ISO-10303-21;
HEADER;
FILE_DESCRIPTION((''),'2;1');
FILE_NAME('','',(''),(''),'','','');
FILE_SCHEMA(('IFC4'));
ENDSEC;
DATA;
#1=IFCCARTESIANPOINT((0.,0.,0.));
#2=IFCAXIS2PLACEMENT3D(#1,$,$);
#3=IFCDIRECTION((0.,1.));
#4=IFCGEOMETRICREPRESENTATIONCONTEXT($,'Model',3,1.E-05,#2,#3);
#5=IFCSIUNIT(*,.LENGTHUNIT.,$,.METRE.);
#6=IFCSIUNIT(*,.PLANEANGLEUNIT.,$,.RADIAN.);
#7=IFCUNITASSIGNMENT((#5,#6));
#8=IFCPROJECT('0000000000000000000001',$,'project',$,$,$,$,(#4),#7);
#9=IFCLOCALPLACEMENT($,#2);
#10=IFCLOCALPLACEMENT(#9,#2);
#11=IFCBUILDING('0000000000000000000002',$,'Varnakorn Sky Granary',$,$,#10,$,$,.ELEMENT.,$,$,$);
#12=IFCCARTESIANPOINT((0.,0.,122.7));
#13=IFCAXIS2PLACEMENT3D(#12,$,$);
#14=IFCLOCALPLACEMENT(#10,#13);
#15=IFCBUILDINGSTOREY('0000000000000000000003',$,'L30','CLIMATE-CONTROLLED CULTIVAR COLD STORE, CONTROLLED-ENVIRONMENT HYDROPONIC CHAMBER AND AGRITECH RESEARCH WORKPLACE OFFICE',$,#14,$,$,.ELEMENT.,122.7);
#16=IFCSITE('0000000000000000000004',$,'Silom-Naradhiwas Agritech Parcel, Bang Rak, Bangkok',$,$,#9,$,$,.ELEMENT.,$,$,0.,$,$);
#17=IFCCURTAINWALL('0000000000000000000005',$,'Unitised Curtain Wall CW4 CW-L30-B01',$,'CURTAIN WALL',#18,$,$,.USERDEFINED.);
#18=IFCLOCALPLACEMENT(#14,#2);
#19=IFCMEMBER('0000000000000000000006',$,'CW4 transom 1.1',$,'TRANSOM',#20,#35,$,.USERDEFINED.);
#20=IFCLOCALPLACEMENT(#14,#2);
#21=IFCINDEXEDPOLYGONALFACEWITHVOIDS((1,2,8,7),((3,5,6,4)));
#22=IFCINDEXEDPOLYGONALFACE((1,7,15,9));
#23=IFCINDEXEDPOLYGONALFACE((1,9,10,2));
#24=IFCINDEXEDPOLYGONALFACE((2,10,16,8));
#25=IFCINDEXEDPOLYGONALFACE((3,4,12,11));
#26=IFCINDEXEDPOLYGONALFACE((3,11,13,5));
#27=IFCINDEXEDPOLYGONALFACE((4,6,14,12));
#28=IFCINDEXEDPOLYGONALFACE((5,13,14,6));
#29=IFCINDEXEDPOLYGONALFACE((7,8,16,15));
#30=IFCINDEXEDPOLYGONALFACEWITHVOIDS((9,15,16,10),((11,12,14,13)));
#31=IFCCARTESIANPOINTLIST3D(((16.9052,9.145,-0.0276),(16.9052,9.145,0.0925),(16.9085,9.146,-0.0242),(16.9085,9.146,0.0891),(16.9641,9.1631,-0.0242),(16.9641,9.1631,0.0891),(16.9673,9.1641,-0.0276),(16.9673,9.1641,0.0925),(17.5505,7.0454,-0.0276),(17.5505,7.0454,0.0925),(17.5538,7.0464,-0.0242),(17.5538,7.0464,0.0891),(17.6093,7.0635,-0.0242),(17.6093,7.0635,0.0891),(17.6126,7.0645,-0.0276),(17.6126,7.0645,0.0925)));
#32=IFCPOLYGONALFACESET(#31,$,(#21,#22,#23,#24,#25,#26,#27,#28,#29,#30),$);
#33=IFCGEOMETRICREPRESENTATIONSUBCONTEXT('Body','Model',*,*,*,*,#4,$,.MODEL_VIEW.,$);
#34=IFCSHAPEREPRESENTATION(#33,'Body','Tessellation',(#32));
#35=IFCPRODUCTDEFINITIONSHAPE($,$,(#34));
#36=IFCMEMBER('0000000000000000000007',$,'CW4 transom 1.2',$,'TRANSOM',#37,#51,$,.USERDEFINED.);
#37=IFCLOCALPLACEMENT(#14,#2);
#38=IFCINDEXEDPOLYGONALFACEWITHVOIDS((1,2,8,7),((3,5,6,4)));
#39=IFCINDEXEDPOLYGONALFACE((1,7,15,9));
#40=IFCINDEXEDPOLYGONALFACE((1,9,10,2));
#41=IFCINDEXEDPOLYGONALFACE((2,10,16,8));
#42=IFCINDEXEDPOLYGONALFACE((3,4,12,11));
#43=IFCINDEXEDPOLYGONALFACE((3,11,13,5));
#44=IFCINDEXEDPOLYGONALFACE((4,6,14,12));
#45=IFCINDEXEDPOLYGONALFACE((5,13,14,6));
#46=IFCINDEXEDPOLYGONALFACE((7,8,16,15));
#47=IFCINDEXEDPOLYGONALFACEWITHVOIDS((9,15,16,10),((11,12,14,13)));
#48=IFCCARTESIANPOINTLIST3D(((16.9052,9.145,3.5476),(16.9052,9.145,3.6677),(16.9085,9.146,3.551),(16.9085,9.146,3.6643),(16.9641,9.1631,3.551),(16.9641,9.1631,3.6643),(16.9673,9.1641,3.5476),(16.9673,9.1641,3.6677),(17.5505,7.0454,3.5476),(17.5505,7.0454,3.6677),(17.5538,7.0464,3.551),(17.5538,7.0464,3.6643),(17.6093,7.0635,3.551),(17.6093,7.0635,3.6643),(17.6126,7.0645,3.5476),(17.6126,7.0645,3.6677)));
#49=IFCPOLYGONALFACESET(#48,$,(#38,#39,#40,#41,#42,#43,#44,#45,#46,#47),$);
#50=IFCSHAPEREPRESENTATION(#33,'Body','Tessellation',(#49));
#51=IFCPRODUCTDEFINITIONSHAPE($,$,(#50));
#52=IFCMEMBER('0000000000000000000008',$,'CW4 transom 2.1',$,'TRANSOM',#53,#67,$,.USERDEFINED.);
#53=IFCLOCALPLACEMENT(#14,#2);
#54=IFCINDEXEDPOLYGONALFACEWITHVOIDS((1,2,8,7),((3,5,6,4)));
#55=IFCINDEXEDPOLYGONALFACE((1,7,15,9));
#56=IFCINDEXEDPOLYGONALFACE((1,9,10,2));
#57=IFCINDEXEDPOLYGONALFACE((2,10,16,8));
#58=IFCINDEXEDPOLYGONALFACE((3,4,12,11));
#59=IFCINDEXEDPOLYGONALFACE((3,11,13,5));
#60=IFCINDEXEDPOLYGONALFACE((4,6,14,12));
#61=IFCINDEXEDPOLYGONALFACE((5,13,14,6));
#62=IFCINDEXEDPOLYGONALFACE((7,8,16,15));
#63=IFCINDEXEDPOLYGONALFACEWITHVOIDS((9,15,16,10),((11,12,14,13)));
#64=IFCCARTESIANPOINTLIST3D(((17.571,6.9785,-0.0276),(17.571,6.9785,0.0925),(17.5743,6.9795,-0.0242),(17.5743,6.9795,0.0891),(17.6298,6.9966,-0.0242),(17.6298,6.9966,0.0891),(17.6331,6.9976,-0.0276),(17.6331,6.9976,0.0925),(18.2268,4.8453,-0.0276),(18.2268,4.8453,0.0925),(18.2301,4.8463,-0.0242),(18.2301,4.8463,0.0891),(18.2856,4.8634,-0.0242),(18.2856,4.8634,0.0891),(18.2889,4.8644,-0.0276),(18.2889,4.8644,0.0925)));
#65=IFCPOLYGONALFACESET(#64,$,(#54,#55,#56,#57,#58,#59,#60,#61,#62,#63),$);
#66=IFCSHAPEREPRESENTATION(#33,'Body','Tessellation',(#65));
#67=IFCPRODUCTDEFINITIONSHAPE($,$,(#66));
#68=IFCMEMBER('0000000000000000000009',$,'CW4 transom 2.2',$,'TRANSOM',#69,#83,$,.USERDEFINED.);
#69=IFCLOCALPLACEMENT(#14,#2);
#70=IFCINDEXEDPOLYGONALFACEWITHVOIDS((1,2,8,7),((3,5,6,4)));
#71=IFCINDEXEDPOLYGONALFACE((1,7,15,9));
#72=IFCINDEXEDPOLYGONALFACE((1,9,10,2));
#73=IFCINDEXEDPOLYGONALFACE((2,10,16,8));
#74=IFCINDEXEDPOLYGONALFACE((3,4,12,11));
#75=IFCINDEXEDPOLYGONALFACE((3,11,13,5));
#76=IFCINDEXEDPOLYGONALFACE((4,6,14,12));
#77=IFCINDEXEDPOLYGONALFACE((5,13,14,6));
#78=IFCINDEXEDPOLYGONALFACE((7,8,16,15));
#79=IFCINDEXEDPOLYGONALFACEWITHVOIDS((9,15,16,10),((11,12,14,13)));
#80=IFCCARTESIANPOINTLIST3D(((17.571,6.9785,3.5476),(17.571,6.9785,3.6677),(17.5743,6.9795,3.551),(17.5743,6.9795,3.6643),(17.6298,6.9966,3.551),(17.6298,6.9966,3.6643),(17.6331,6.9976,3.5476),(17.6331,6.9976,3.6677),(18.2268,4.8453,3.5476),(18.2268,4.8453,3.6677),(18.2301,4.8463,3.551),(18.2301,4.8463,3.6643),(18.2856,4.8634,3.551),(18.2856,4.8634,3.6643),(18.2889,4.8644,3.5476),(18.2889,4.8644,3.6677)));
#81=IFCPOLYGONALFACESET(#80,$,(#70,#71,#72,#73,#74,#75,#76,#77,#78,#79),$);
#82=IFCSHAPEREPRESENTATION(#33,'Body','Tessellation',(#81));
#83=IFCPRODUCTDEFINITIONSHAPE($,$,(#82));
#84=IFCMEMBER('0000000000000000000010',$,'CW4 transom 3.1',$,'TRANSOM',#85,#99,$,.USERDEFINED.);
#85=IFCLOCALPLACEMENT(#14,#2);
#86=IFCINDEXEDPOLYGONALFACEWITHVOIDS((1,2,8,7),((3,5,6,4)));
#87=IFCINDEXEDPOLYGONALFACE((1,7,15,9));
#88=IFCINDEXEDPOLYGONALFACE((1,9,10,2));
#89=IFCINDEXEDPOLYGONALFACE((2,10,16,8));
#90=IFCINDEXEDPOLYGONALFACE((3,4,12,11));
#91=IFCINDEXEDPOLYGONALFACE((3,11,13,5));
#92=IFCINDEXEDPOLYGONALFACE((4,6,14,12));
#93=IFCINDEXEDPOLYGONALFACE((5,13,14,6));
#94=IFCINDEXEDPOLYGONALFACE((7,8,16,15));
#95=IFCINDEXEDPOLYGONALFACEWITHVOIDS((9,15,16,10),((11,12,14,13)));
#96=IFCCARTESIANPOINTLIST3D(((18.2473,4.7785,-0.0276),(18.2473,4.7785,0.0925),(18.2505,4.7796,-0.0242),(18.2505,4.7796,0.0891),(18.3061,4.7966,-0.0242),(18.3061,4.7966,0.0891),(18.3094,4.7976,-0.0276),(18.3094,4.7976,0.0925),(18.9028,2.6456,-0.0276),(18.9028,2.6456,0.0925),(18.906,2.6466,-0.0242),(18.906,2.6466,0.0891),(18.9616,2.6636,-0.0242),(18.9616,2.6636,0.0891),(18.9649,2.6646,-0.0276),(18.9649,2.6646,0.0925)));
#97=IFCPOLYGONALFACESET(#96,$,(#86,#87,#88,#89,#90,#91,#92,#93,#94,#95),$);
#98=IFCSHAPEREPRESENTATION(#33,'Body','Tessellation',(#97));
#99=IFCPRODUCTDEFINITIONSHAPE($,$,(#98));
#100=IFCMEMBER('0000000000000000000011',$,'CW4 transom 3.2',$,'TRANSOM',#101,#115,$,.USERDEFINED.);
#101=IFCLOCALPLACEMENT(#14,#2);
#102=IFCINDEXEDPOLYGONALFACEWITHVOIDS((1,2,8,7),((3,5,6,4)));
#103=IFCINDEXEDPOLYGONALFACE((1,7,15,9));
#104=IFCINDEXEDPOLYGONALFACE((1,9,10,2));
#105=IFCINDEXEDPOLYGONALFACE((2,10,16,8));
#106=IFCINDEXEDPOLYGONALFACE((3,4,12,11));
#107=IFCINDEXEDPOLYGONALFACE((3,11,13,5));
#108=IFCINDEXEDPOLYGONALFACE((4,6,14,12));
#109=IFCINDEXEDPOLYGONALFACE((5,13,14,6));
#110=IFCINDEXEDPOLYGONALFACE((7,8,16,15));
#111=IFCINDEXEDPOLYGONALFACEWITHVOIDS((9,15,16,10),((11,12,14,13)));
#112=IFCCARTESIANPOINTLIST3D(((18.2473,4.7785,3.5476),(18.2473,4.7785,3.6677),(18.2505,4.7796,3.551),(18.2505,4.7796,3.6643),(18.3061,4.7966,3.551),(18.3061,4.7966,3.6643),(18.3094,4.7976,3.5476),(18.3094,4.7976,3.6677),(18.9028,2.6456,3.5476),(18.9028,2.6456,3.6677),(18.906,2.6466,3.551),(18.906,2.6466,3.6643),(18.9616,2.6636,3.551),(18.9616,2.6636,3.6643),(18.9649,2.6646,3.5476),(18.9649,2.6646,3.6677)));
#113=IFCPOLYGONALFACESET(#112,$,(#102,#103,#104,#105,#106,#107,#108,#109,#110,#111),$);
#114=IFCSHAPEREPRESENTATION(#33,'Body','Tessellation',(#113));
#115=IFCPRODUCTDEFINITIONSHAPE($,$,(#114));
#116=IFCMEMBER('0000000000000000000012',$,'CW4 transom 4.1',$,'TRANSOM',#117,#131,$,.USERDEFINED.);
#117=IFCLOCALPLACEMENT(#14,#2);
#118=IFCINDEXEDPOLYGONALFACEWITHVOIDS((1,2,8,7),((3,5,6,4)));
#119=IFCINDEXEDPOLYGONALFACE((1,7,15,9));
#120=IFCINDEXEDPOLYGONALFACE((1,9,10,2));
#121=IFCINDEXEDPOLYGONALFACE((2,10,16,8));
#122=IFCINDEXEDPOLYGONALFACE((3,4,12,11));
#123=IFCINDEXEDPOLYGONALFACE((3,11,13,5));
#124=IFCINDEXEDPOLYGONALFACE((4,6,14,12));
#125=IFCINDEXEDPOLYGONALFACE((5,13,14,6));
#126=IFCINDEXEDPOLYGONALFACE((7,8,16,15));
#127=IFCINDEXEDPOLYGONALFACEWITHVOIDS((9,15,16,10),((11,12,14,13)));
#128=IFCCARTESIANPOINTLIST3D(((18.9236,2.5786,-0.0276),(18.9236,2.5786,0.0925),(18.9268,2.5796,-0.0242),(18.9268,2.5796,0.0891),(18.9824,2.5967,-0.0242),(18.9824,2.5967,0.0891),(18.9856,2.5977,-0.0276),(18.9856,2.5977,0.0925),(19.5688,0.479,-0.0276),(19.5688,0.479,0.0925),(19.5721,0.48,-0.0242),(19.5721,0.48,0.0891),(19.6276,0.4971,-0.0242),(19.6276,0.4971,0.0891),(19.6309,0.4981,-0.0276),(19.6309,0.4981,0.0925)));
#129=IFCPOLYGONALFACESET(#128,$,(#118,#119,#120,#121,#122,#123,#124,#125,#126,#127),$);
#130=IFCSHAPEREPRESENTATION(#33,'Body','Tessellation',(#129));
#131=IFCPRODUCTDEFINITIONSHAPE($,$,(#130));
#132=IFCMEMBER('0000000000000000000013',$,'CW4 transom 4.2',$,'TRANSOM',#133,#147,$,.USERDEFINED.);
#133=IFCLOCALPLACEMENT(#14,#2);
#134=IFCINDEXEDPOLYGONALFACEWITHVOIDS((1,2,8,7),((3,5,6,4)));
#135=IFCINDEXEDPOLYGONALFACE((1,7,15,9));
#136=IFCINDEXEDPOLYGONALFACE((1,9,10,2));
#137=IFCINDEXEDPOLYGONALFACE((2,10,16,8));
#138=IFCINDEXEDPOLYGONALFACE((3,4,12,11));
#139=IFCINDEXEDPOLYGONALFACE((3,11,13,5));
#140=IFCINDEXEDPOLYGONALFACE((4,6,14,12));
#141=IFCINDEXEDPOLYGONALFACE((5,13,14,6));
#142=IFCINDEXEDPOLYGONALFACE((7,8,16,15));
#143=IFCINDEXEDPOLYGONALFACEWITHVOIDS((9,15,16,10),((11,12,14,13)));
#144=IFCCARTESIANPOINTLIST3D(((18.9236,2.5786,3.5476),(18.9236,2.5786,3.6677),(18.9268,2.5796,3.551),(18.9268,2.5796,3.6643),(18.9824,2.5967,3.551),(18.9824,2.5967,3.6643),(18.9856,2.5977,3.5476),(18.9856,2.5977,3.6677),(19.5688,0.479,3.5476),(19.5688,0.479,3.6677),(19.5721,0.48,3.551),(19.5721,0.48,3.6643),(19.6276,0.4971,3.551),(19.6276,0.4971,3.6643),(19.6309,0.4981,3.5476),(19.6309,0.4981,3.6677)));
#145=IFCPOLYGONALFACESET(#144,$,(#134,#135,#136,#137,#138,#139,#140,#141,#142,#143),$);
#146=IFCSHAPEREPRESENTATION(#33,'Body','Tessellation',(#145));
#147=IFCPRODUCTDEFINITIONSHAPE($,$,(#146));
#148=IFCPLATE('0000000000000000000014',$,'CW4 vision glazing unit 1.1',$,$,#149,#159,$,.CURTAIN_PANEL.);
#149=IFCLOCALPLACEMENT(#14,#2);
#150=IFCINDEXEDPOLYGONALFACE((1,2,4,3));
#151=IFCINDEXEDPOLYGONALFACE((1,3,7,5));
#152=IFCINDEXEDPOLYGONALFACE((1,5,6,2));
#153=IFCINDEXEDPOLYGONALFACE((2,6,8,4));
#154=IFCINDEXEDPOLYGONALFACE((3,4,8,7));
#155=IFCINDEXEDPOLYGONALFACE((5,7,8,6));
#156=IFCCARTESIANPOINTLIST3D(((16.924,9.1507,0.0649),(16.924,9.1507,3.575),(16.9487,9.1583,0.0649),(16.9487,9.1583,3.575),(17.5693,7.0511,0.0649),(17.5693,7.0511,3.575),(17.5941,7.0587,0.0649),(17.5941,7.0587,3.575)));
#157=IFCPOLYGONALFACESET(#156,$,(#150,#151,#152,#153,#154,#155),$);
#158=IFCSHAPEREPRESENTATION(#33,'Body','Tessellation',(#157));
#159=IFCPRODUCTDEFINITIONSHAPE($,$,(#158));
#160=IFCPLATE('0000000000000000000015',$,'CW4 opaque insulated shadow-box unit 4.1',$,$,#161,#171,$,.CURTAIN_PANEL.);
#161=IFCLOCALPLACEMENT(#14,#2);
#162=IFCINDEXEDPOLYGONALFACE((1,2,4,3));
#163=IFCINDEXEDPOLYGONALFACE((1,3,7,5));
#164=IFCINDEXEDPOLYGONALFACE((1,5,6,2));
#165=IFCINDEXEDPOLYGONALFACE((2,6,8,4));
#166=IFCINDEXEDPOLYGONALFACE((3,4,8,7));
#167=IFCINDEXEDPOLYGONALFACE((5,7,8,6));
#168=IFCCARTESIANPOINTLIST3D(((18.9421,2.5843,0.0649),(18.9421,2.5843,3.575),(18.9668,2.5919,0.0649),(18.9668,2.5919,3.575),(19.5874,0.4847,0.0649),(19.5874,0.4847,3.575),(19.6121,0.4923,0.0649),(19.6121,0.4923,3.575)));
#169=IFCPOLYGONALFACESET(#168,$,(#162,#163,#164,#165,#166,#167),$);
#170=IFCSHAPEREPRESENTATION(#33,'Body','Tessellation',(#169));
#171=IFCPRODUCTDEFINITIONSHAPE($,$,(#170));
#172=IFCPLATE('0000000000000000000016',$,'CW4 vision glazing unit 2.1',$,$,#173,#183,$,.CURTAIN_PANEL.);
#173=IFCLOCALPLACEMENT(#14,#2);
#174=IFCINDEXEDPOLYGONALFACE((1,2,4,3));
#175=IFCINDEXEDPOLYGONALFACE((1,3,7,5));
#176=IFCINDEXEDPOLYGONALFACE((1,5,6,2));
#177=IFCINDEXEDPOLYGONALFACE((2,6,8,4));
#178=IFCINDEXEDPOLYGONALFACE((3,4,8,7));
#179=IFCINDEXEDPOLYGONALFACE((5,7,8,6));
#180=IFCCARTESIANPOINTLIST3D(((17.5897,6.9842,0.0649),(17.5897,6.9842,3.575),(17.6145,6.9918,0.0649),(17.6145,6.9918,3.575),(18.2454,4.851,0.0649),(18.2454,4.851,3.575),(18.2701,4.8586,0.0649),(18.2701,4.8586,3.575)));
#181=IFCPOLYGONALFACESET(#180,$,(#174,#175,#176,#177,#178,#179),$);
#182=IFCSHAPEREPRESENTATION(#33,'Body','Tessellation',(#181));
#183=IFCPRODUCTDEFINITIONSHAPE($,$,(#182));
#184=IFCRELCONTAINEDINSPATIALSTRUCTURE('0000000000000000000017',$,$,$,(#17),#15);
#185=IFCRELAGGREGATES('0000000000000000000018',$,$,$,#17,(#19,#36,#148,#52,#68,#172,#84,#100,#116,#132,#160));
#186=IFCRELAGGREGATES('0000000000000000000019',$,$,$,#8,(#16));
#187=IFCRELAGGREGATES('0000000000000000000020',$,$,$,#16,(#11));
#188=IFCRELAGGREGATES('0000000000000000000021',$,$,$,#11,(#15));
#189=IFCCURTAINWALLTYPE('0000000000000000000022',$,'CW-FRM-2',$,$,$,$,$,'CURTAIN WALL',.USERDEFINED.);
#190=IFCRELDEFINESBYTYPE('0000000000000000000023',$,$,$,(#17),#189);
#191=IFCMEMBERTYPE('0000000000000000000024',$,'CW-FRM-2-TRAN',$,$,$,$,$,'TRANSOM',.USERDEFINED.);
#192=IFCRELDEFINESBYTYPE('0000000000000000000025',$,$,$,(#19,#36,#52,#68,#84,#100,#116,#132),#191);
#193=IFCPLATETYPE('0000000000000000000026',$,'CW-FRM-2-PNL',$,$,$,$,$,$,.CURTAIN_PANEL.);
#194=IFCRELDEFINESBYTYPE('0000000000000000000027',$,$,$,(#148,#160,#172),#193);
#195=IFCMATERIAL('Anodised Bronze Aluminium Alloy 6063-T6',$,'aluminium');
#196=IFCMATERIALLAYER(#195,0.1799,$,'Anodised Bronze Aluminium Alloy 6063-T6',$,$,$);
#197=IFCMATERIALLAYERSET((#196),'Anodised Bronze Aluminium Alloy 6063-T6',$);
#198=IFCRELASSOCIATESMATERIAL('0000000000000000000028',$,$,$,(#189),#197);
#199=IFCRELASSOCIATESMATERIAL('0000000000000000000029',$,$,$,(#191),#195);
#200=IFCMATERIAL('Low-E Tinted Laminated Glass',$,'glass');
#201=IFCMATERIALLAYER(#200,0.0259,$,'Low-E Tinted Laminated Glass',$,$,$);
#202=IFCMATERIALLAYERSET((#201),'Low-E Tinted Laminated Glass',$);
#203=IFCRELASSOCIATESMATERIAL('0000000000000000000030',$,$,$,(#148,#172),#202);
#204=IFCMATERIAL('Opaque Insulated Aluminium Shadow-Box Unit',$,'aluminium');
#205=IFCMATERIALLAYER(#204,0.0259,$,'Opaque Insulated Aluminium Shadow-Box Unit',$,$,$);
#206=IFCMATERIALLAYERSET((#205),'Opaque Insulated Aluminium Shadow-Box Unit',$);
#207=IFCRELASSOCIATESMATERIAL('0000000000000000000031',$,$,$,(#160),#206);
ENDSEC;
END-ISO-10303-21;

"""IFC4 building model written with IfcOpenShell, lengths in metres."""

from ifc_helpers import new_model, si_unit, direction, frame, origin, origin_2d, place, context, subcontext, project, spatial, rectangle, hollow_rectangle, extrude, source, transform, mapped, material, layer, layer_set, material_profile, profile_set, type_object, type_shapes, element, aggregate, save


model = new_model("IFC4")

# Units and contexts
model_context = context("Model", 3, precision=1e-05, world=origin(), true_north=direction((0.0, 1.0)))
body_context = subcontext(model_context, "Body", "Model", "MODEL_VIEW")
ifc_project = project(units=[si_unit("LENGTHUNIT", "METRE"), si_unit("PLANEANGLEUNIT", "RADIAN")], contexts=[model_context])

# Site, building, storey
site_placement = place(None, origin())
site = spatial("IfcSite", under=ifc_project, at=site_placement, Name="Silom-Naradhiwas Agritech Parcel, Bang Rak, Bangkok", CompositionType="ELEMENT", RefElevation=0.0)
building_placement = place(site_placement, origin())
building = spatial("IfcBuilding", under=site, at=building_placement, Name="Varnakorn Sky Granary", CompositionType="ELEMENT")
storey_placement = place(building_placement, frame((0.0, 0.0, 122.7)))
storey = spatial("IfcBuildingStorey", under=building, at=storey_placement, Name="L30", Description="CLIMATE-CONTROLLED CULTIVAR COLD STORE, CONTROLLED-ENVIRONMENT HYDROPONIC CHAMBER AND AGRITECH RESEARCH WORKPLACE OFFICE", CompositionType="ELEMENT", Elevation=122.7)

# Curtain wall
ifc_material_1 = material(Name="Anodised Bronze Aluminium Alloy 6063-T6", Category="aluminium")
ifc_layer_1 = layer(ifc_material_1, 0.1799, Name="Anodised Bronze Aluminium Alloy 6063-T6")
ifc_layer_set_1 = layer_set([ifc_layer_1], Name="Anodised Bronze Aluminium Alloy 6063-T6")
curtain_wall_type = type_object("IfcCurtainWallType", Name="CW-FRM-2", ElementType="CURTAIN WALL", PredefinedType="USERDEFINED", material=ifc_layer_set_1)
curtain_wall_1_placement = place(storey_placement, origin())
curtain_wall_1 = element("IfcCurtainWall", 1, at=curtain_wall_1_placement, inside=storey, type_object=curtain_wall_type, Name="Unitised Curtain Wall CW4 CW-L30-B01", ObjectType="CURTAIN WALL", PredefinedType="USERDEFINED")

# Members
ifc_material_profile_1 = material_profile(ifc_material_1, hollow_rectangle(XDim=0.0649, YDim=0.1201, WallThickness=0.0034, at=origin_2d()), Name="ALU TRAN 65x120")
ifc_profile_set_1 = profile_set([ifc_material_profile_1], Name="Anodised Bronze Aluminium Alloy 6063-T6")
member_type_1 = type_object("IfcMemberType", Name="CW-FRM-2-TRAN", ElementType="TRANSOM", PredefinedType="USERDEFINED", material=ifc_profile_set_1)
member_1_placement = place(storey_placement, frame((16.9363, 9.1545, 0.0325), z_axis=(0.293766, -0.955877, 0.0), x_axis=(0.955877, 0.293766, 0.0)))
member_1 = element("IfcMember", 2, at=member_1_placement, type_object=member_type_1, Name="CW4 transom 1.1", ObjectType="TRANSOM", PredefinedType="USERDEFINED", context=body_context, shape_type="SweptSolid", body=[
    extrude(hollow_rectangle(XDim=0.0649, YDim=0.1201, WallThickness=0.0034, at=origin_2d()), origin(), (0.0, 0.0, 1.0), 2.1965),
])
member_2_placement = place(storey_placement, frame((16.9363, 9.1545, 3.6077), z_axis=(0.293766, -0.955877, 0.0), x_axis=(0.955877, 0.293766, 0.0)))
member_2 = element("IfcMember", 3, at=member_2_placement, type_object=member_type_1, Name="CW4 transom 1.2", ObjectType="TRANSOM", PredefinedType="USERDEFINED", context=body_context, shape_type="SweptSolid", body=[
    extrude(hollow_rectangle(XDim=0.0649, YDim=0.1201, WallThickness=0.0034, at=origin_2d()), origin(), (0.0, 0.0, 1.0), 2.1965),
])
member_3_placement = place(storey_placement, frame((17.6021, 6.988, 0.0325), z_axis=(0.293855, -0.95585, 0.0), x_axis=(0.95585, 0.293855, 0.0)))
member_3 = element("IfcMember", 4, at=member_3_placement, type_object=member_type_1, Name="CW4 transom 2.1", ObjectType="TRANSOM", PredefinedType="USERDEFINED", context=body_context, shape_type="SweptSolid", body=[
    extrude(hollow_rectangle(XDim=0.0649, YDim=0.1201, WallThickness=0.0034, at=origin_2d()), origin(), (0.0, 0.0, 1.0), 2.2317),
])
member_4_placement = place(storey_placement, frame((17.6021, 6.988, 3.6077), z_axis=(0.293855, -0.95585, 0.0), x_axis=(0.95585, 0.293855, 0.0)))
member_4 = element("IfcMember", 5, at=member_4_placement, type_object=member_type_1, Name="CW4 transom 2.2", ObjectType="TRANSOM", PredefinedType="USERDEFINED", context=body_context, shape_type="SweptSolid", body=[
    extrude(hollow_rectangle(XDim=0.0649, YDim=0.1201, WallThickness=0.0034, at=origin_2d()), origin(), (0.0, 0.0, 1.0), 2.2317),
])
member_5_placement = place(storey_placement, frame((18.2783, 4.7881, 0.0325), z_axis=(0.293755, -0.955881, 0.0), x_axis=(0.955881, 0.293755, 0.0)))
member_5 = element("IfcMember", 6, at=member_5_placement, type_object=member_type_1, Name="CW4 transom 3.1", ObjectType="TRANSOM", PredefinedType="USERDEFINED", context=body_context, shape_type="SweptSolid", body=[
    extrude(hollow_rectangle(XDim=0.0649, YDim=0.1201, WallThickness=0.0034, at=origin_2d()), origin(), (0.0, 0.0, 1.0), 2.2314),
])
member_6_placement = place(storey_placement, frame((18.2783, 4.7881, 3.6077), z_axis=(0.293755, -0.955881, 0.0), x_axis=(0.955881, 0.293755, 0.0)))
member_6 = element("IfcMember", 7, at=member_6_placement, type_object=member_type_1, Name="CW4 transom 3.2", ObjectType="TRANSOM", PredefinedType="USERDEFINED", context=body_context, shape_type="SweptSolid", body=[
    extrude(hollow_rectangle(XDim=0.0649, YDim=0.1201, WallThickness=0.0034, at=origin_2d()), origin(), (0.0, 0.0, 1.0), 2.2314),
])
member_7_placement = place(storey_placement, frame((18.9546, 2.5881, 0.0325), z_axis=(0.293766, -0.955877, 0.0), x_axis=(0.955877, 0.293766, 0.0)))
member_7 = element("IfcMember", 8, at=member_7_placement, type_object=member_type_1, Name="CW4 transom 4.1", ObjectType="TRANSOM", PredefinedType="USERDEFINED", context=body_context, shape_type="SweptSolid", body=[
    extrude(hollow_rectangle(XDim=0.0649, YDim=0.1201, WallThickness=0.0034, at=origin_2d()), origin(), (0.0, 0.0, 1.0), 2.1965),
])
member_8_placement = place(storey_placement, frame((18.9546, 2.5881, 3.6077), z_axis=(0.293766, -0.955877, 0.0), x_axis=(0.955877, 0.293766, 0.0)))
member_8 = element("IfcMember", 9, at=member_8_placement, type_object=member_type_1, Name="CW4 transom 4.2", ObjectType="TRANSOM", PredefinedType="USERDEFINED", context=body_context, shape_type="SweptSolid", body=[
    extrude(hollow_rectangle(XDim=0.0649, YDim=0.1201, WallThickness=0.0034, at=origin_2d()), origin(), (0.0, 0.0, 1.0), 2.1965),
])

# Plates
ifc_material_2 = material(Name="Low-E Tinted Laminated Glass", Category="glass")
ifc_layer_2 = layer(ifc_material_2, 0.0259, Name="Low-E Tinted Laminated Glass")
ifc_layer_set_2 = layer_set([ifc_layer_2], Name="Low-E Tinted Laminated Glass")
plate_type = type_object("IfcPlateType", Name="CW-FRM-2-PNL", PredefinedType="CURTAIN_PANEL")
shared_shape_1 = source(origin(), body_context, "Body", "SweptSolid", [
    extrude(rectangle(XDim=2.1965, YDim=0.0259, at=origin_2d()), origin(), (0.0, 0.0, 1.0), 3.51),
])
plate_1_placement = place(storey_placement, frame((17.259, 8.1047, 0.0649), z_axis=(0.0, 0.0, 1.0), x_axis=(0.293789, -0.95587, 0.0)))
plate_1 = element("IfcPlate", 10, at=plate_1_placement, type_object=plate_type, material=ifc_layer_set_2, Name="CW4 vision glazing unit 1.1", PredefinedType="CURTAIN_PANEL", context=body_context, shape_type="MappedRepresentation", body=[
    mapped(shared_shape_1, transform((0.0, 0.0, 0.0), x_axis=(1.0, 0.0, 0.0), y_axis=(0.0, 1.0, 0.0), z_axis=(0.0, 0.0, 1.0), scale=1.0)),
])
ifc_material_3 = material(Name="Opaque Insulated Aluminium Shadow-Box Unit", Category="aluminium")
ifc_layer_3 = layer(ifc_material_3, 0.0259, Name="Opaque Insulated Aluminium Shadow-Box Unit")
ifc_layer_set_3 = layer_set([ifc_layer_3], Name="Opaque Insulated Aluminium Shadow-Box Unit")
plate_2_placement = place(storey_placement, frame((19.2771, 1.5383, 0.0649), z_axis=(0.0, 0.0, 1.0), x_axis=(0.293789, -0.95587, 0.0)))
plate_2 = element("IfcPlate", 11, at=plate_2_placement, type_object=plate_type, material=ifc_layer_set_3, Name="CW4 opaque insulated shadow-box unit 4.1", PredefinedType="CURTAIN_PANEL", context=body_context, shape_type="MappedRepresentation", body=[
    mapped(shared_shape_1, transform((0.0, 0.0, 0.0), x_axis=(1.0, 0.0, 0.0), y_axis=(0.0, 1.0, 0.0), z_axis=(0.0, 0.0, 1.0), scale=1.0)),
])
shared_shape_2 = source(origin(), body_context, "Body", "SweptSolid", [
    extrude(rectangle(XDim=2.2317, YDim=0.0259, at=origin_2d()), origin(), (0.0, 0.0, 1.0), 3.51),
])
type_shapes(plate_type, [shared_shape_1, shared_shape_2])
plate_3_placement = place(storey_placement, frame((17.9299, 5.9214, 0.0649), z_axis=(0.0, 0.0, 1.0), x_axis=(0.293789, -0.95587, 0.0)))
plate_3 = element("IfcPlate", 12, at=plate_3_placement, type_object=plate_type, material=ifc_layer_set_2, Name="CW4 vision glazing unit 2.1", PredefinedType="CURTAIN_PANEL", context=body_context, shape_type="MappedRepresentation", body=[
    mapped(shared_shape_2, transform((0.0, 0.0, 0.0), x_axis=(1.0, 0.0, 0.0), y_axis=(0.0, 1.0, 0.0), z_axis=(0.0, 0.0, 1.0), scale=1.0)),
])
aggregate(curtain_wall_1, [member_1, member_2, plate_1, member_3, member_4, plate_3, member_5, member_6, member_7, member_8, plate_2])

save(model, "model.ifc")
